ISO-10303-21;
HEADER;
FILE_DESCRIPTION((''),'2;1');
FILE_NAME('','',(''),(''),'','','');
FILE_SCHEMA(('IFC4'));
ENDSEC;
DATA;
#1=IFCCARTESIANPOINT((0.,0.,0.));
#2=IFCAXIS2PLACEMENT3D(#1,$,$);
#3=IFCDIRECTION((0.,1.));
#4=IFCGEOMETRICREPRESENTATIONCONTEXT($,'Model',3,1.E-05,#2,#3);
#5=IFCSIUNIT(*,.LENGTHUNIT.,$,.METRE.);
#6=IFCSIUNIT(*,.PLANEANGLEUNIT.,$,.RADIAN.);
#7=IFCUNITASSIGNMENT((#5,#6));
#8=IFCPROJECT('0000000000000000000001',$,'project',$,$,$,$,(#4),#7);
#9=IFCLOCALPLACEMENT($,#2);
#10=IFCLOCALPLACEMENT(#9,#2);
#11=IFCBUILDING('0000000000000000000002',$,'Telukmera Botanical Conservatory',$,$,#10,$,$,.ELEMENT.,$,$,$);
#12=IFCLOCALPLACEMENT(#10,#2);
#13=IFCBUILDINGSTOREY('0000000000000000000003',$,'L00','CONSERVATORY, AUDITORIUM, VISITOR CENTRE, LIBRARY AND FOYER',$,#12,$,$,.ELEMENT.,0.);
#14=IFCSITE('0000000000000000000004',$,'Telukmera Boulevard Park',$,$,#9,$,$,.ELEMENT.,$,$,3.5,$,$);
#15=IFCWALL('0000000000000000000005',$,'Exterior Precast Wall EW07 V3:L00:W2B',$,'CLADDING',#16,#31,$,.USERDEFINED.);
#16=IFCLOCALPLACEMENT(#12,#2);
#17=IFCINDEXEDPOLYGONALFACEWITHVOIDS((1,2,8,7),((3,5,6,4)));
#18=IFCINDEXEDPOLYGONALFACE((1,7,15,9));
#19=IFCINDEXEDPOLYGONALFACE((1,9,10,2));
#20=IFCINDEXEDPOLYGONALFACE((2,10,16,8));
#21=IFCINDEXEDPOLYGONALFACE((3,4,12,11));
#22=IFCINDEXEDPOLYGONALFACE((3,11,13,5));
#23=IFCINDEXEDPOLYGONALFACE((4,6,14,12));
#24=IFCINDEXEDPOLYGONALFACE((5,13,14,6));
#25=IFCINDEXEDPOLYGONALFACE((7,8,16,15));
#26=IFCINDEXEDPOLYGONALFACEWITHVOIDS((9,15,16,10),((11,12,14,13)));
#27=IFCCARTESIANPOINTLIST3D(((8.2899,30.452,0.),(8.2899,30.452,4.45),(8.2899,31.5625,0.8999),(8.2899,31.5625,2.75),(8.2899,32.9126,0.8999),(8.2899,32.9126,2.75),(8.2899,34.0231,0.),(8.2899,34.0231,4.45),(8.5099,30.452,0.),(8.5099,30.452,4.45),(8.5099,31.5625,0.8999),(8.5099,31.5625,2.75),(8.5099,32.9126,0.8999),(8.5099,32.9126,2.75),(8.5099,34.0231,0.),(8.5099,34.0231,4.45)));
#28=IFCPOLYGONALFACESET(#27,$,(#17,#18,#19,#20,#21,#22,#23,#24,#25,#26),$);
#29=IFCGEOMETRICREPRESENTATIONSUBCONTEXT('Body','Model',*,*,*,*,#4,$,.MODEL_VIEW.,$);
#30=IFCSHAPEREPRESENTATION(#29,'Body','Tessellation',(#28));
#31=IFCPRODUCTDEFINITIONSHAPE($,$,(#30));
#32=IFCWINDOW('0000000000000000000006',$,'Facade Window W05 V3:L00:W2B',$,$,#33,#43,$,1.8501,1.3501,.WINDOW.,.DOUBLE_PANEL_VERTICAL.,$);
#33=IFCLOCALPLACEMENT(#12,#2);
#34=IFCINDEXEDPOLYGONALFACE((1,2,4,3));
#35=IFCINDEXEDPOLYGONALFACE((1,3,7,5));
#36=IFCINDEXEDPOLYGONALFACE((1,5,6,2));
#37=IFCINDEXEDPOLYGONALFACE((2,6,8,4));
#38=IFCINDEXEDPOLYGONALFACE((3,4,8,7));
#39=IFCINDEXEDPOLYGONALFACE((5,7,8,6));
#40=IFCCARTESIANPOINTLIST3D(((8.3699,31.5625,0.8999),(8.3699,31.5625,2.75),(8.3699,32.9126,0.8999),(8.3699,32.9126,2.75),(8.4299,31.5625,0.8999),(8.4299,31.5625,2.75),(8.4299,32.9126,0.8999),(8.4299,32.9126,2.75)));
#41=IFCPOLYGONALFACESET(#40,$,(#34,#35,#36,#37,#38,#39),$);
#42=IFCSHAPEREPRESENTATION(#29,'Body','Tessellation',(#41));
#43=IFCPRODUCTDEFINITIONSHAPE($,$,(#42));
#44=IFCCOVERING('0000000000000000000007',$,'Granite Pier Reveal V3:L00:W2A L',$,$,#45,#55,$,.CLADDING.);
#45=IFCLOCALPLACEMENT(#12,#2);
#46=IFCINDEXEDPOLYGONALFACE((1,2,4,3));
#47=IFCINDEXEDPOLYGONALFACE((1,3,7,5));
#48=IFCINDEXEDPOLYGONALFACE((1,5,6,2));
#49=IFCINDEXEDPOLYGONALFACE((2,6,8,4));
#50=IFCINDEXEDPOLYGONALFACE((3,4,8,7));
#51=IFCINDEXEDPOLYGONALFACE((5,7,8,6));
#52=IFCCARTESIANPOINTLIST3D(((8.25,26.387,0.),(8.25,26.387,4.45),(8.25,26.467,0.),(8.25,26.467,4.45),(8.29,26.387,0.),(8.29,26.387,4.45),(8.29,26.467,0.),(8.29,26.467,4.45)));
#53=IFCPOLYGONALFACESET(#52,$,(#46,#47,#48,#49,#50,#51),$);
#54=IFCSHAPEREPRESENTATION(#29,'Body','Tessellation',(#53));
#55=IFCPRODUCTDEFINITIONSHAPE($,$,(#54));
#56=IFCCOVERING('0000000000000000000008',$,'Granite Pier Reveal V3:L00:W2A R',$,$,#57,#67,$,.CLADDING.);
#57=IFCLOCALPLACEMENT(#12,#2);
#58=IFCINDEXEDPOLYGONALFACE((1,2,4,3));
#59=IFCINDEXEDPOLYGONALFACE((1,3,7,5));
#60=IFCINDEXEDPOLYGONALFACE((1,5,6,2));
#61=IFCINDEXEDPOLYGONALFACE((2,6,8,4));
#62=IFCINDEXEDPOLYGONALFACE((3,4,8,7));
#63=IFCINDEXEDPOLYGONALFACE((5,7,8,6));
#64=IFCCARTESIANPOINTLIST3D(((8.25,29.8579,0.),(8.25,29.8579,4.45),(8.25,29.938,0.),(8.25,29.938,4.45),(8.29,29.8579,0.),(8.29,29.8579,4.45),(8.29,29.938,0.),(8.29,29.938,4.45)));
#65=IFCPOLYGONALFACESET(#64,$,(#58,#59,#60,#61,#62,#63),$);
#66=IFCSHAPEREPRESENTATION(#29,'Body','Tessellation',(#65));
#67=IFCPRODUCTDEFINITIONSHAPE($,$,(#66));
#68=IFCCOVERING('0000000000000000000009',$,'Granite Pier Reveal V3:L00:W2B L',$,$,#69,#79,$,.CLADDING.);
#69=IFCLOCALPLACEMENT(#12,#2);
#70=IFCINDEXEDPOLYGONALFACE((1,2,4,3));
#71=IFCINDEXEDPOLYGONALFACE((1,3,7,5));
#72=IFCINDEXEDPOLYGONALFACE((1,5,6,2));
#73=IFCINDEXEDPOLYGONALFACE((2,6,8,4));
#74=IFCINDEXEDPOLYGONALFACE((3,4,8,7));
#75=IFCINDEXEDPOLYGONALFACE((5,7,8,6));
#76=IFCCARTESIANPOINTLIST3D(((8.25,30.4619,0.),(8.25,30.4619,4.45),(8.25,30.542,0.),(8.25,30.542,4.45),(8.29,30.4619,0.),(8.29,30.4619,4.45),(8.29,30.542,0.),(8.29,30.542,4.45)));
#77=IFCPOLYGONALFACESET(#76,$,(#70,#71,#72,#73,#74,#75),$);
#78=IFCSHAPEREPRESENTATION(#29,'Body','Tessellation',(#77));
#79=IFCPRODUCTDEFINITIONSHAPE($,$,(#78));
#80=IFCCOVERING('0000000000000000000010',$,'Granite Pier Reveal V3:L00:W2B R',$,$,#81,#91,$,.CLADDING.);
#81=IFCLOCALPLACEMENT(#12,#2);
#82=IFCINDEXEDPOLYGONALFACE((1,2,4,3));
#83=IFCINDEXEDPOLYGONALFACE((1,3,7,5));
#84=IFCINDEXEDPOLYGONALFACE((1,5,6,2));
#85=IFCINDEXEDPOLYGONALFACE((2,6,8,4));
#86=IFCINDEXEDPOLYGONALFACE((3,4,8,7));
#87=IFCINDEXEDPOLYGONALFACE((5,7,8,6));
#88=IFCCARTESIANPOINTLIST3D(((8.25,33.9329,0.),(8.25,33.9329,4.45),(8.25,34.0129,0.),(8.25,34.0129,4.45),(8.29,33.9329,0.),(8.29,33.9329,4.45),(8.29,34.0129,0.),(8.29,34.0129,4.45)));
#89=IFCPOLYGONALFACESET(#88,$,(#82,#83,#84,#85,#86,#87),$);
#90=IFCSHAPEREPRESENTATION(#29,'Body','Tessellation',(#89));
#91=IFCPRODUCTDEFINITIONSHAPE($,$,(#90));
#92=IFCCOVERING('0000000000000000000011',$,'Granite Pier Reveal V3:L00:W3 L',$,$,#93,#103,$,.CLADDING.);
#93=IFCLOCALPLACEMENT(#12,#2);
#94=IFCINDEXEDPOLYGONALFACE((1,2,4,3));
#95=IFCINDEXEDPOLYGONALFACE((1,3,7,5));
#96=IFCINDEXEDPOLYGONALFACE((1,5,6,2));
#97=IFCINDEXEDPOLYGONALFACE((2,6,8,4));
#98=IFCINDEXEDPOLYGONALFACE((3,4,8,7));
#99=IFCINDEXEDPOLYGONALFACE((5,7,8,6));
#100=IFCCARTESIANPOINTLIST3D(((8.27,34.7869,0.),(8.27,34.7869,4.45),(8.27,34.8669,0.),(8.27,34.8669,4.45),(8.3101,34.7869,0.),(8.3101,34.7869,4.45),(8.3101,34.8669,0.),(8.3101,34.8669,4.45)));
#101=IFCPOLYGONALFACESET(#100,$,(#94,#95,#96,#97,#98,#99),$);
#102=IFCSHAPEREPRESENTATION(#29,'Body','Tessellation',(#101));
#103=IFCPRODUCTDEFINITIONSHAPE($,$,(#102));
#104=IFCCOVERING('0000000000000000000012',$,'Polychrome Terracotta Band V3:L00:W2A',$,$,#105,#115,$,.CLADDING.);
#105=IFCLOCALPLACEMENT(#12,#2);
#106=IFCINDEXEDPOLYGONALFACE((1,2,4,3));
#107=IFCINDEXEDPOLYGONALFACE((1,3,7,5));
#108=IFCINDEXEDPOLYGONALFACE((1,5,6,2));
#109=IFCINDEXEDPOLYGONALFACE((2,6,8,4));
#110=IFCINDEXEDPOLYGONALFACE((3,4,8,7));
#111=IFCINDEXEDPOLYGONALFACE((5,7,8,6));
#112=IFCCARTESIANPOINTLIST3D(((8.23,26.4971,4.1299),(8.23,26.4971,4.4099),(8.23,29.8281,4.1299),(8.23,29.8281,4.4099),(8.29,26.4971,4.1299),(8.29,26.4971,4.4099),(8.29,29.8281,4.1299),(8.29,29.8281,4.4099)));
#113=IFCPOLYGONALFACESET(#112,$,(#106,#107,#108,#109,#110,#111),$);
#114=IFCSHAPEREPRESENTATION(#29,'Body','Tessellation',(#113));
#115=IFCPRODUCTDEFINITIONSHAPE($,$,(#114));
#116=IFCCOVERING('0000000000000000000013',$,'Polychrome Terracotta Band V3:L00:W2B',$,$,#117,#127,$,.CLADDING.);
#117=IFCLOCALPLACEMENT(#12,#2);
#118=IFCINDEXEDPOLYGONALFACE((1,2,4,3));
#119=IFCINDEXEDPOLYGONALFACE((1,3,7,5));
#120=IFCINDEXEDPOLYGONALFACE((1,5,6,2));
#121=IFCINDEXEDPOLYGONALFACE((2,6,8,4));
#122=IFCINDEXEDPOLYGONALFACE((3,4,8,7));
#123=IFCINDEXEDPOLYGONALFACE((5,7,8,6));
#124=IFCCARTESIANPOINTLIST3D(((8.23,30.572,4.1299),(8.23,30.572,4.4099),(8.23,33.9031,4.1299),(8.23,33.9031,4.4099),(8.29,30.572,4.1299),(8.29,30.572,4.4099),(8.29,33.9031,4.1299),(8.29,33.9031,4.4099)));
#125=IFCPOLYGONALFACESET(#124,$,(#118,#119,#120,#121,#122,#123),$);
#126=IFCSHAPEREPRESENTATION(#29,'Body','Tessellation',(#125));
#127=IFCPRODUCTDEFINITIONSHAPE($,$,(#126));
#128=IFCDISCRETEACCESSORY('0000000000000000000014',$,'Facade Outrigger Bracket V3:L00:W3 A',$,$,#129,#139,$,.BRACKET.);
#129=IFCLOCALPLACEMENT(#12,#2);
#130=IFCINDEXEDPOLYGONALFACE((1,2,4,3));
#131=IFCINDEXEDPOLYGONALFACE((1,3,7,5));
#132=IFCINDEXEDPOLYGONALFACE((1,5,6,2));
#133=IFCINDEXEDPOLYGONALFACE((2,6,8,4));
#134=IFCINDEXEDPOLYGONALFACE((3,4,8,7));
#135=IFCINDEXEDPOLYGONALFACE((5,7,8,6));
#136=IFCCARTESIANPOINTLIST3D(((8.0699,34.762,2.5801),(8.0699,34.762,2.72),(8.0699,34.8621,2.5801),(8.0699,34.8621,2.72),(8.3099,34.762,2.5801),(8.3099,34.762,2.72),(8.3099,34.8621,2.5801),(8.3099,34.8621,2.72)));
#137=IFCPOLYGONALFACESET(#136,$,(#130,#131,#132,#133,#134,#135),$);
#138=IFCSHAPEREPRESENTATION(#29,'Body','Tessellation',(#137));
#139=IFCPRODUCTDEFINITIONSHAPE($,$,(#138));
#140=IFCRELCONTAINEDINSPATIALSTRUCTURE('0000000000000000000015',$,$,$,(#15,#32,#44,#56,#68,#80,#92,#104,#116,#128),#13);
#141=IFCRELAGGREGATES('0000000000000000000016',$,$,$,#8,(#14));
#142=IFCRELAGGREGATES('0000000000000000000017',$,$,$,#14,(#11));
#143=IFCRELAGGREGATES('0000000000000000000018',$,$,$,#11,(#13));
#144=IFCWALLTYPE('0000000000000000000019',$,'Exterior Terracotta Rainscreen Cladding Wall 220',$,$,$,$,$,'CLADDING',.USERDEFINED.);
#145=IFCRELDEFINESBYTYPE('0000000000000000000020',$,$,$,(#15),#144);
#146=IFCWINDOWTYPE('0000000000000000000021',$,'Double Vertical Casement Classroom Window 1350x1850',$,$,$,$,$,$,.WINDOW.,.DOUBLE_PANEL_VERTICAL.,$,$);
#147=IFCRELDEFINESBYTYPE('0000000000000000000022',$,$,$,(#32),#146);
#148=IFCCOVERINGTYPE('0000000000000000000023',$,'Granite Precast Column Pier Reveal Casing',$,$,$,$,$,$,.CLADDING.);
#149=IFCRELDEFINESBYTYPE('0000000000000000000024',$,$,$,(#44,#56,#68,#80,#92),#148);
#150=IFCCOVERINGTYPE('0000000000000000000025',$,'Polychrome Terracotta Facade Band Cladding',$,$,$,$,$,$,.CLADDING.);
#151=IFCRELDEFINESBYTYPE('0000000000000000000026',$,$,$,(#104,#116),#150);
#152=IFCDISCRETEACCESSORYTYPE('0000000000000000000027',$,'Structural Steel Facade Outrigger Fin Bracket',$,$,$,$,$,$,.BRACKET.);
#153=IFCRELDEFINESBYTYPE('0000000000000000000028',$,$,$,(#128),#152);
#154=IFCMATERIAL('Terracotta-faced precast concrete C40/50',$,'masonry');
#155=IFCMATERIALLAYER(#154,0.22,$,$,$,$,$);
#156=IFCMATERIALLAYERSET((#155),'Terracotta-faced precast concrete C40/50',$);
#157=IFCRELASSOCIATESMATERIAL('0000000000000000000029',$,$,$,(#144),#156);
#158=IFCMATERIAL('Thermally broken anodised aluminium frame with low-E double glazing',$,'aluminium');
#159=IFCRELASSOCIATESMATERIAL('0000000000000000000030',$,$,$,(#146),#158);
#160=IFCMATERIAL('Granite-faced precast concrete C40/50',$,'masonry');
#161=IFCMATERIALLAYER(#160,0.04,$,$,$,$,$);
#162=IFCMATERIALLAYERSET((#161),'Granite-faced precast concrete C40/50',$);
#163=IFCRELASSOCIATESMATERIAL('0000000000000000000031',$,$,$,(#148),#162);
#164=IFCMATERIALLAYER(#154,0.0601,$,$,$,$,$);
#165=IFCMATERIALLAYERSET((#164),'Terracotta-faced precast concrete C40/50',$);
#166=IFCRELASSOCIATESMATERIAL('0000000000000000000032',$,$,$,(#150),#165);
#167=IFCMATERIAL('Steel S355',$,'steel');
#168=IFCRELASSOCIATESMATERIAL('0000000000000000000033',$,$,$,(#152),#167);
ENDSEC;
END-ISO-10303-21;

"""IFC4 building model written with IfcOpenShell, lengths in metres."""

from ifc_helpers import new_model, si_unit, direction, frame, frame_2d, origin, origin_2d, place, context, subcontext, project, spatial, rectangle, extrude, material, layer, layer_set, type_object, element, fill, save


model = new_model("IFC4")

# Units and contexts
model_context = context("Model", 3, precision=1e-05, world=origin(), true_north=direction((0.0, 1.0)))
body_context = subcontext(model_context, "Body", "Model", "MODEL_VIEW")
ifc_project = project(units=[si_unit("LENGTHUNIT", "METRE"), si_unit("PLANEANGLEUNIT", "RADIAN")], contexts=[model_context])

# Site, building, storey
site_placement = place(None, origin())
site = spatial("IfcSite", under=ifc_project, at=site_placement, Name="Telukmera Boulevard Park", CompositionType="ELEMENT", RefElevation=3.5)
building_placement = place(site_placement, origin())
building = spatial("IfcBuilding", under=site, at=building_placement, Name="Telukmera Botanical Conservatory", CompositionType="ELEMENT")
storey_placement = place(building_placement, origin())
storey = spatial("IfcBuildingStorey", under=building, at=storey_placement, Name="L00", Description="CONSERVATORY, AUDITORIUM, VISITOR CENTRE, LIBRARY AND FOYER", CompositionType="ELEMENT", Elevation=0.0)

# Wall, opening, window
ifc_material_1 = material(Name="Terracotta-faced precast concrete C40/50", Category="masonry")
ifc_layer_1 = layer(ifc_material_1, 0.22)
ifc_layer_set_1 = layer_set([ifc_layer_1], Name="Terracotta-faced precast concrete C40/50")
wall_type = type_object("IfcWallType", Name="Exterior Terracotta Rainscreen Cladding Wall 220", ElementType="CLADDING", PredefinedType="USERDEFINED", material=ifc_layer_set_1)
ifc_material_2 = material(Name="Thermally broken anodised aluminium frame with low-E double glazing", Category="aluminium")
wall_1_placement = place(storey_placement, frame((8.3999, 30.4519, 0.0), z_axis=(0.0, 0.0, 1.0), x_axis=(0.0, 1.0, 0.0)))
wall_1 = element("IfcWall", 1, at=wall_1_placement, inside=storey, type_object=wall_type, Name="Exterior Precast Wall EW07 V3:L00:W2B", ObjectType="CLADDING", PredefinedType="USERDEFINED", context=body_context, shape_type="SweptSolid", body=[
    extrude(rectangle(XDim=3.571, YDim=0.22, at=frame_2d((1.7856, 0.0))), origin(), (0.0, 0.0, 1.0), 4.45),
])
opening_1_placement = place(wall_1_placement, frame((1.1106, 0.0, 0.8999)))
opening_1 = element("IfcOpeningElement", 2, at=opening_1_placement, cuts=wall_1, PredefinedType="OPENING", context=body_context, shape_type="SweptSolid", body=[
    extrude(rectangle(XDim=1.3501, YDim=1.8501, at=frame_2d((0.675, 0.925))), frame((0.0, 0.1199, 0.0), z_axis=(0.0, -1.0, 0.0), x_axis=(1.0, 0.0, 0.0)), (0.0, 0.0, 1.0), 0.24),
])
window_type_1 = type_object("IfcWindowType", Name="Double Vertical Casement Classroom Window 1350x1850", PartitioningType="DOUBLE_PANEL_VERTICAL", PredefinedType="WINDOW", material=ifc_material_2)
window_1_placement = place(opening_1_placement, origin())
window_1 = element("IfcWindow", 3, at=window_1_placement, inside=storey, type_object=window_type_1, Name="Facade Window W05 V3:L00:W2B", OverallHeight=1.8501, OverallWidth=1.3501, PartitioningType="DOUBLE_PANEL_VERTICAL", PredefinedType="WINDOW", context=body_context, shape_type="SweptSolid", body=[
    extrude(rectangle(XDim=1.3501, YDim=1.8501, at=frame_2d((0.675, 0.925))), frame((0.0, 0.03, 0.0), z_axis=(0.0, -1.0, 0.0), x_axis=(1.0, 0.0, 0.0)), (0.0, 0.0, 1.0), 0.0601),
])
fill(opening_1, window_1)

# Coverings
ifc_material_3 = material(Name="Granite-faced precast concrete C40/50", Category="masonry")
ifc_layer_2 = layer(ifc_material_3, 0.04)
ifc_layer_set_2 = layer_set([ifc_layer_2], Name="Granite-faced precast concrete C40/50")
covering_type_1 = type_object("IfcCoveringType", Name="Granite Precast Column Pier Reveal Casing", PredefinedType="CLADDING", material=ifc_layer_set_2)
for number, where, z_axis, x_axis, name in (
    (4, (8.27, 26.427, 0.0), (0.0, 0.0, 1.0), (0.0, 1.0, 0.0), "Granite Pier Reveal V3:L00:W2A L"),
    (5, (8.27, 29.8979, 0.0), (0.0, 0.0, 1.0), (0.0, 1.0, 0.0), "Granite Pier Reveal V3:L00:W2A R"),
    (6, (8.27, 30.502, 0.0), (0.0, 0.0, 1.0), (0.0, 1.0, 0.0), "Granite Pier Reveal V3:L00:W2B L"),
    (7, (8.27, 33.9729, 0.0), (0.0, 0.0, 1.0), (0.0, 1.0, 0.0), "Granite Pier Reveal V3:L00:W2B R"),
    (8, (8.29, 34.8269, 0.0), (0.0, 0.0, 1.0), (0.0, 1.0, 0.0), "Granite Pier Reveal V3:L00:W3 L"),
):
    element("IfcCovering", number, at=place(storey_placement, frame(where, z_axis=z_axis, x_axis=x_axis)), inside=storey, type_object=covering_type_1, Name=name, PredefinedType="CLADDING", context=body_context, shape_type="SweptSolid", body=[
        extrude(rectangle(XDim=0.0801, YDim=0.04, at=origin_2d()), origin(), (0.0, 0.0, 1.0), 4.45),
    ])
ifc_layer_3 = layer(ifc_material_1, 0.0601)
ifc_layer_set_3 = layer_set([ifc_layer_3], Name="Terracotta-faced precast concrete C40/50")
covering_type_2 = type_object("IfcCoveringType", Name="Polychrome Terracotta Facade Band Cladding", PredefinedType="CLADDING", material=ifc_layer_set_3)
for number, where, z_axis, x_axis, name in (
    (9, (8.26, 28.1626, 4.1299), (0.0, 0.0, 1.0), (0.0, 1.0, 0.0), "Polychrome Terracotta Band V3:L00:W2A"),
    (10, (8.26, 32.2375, 4.1299), (0.0, 0.0, 1.0), (0.0, 1.0, 0.0), "Polychrome Terracotta Band V3:L00:W2B"),
):
    element("IfcCovering", number, at=place(storey_placement, frame(where, z_axis=z_axis, x_axis=x_axis)), inside=storey, type_object=covering_type_2, Name=name, PredefinedType="CLADDING", context=body_context, shape_type="SweptSolid", body=[
        extrude(rectangle(XDim=3.3311, YDim=0.0601, at=origin_2d()), origin(), (0.0, 0.0, 1.0), 0.28),
    ])

# Discrete accessory
ifc_material_4 = material(Name="Steel S355", Category="steel")
discrete_accessory_type = type_object("IfcDiscreteAccessoryType", Name="Structural Steel Facade Outrigger Fin Bracket", PredefinedType="BRACKET", material=ifc_material_4)
discrete_accessory_placement = place(storey_placement, frame((8.1899, 34.812, 2.5801), z_axis=(0.0, 0.0, 1.0), x_axis=(0.0, 1.0, 0.0)))
element("IfcDiscreteAccessory", 11, at=discrete_accessory_placement, inside=storey, type_object=discrete_accessory_type, Name="Facade Outrigger Bracket V3:L00:W3 A", PredefinedType="BRACKET", context=body_context, shape_type="SweptSolid", body=[
    extrude(rectangle(XDim=0.1001, YDim=0.24, at=origin_2d()), origin(), (0.0, 0.0, 1.0), 0.1399),
])

save(model, "model.ifc")
